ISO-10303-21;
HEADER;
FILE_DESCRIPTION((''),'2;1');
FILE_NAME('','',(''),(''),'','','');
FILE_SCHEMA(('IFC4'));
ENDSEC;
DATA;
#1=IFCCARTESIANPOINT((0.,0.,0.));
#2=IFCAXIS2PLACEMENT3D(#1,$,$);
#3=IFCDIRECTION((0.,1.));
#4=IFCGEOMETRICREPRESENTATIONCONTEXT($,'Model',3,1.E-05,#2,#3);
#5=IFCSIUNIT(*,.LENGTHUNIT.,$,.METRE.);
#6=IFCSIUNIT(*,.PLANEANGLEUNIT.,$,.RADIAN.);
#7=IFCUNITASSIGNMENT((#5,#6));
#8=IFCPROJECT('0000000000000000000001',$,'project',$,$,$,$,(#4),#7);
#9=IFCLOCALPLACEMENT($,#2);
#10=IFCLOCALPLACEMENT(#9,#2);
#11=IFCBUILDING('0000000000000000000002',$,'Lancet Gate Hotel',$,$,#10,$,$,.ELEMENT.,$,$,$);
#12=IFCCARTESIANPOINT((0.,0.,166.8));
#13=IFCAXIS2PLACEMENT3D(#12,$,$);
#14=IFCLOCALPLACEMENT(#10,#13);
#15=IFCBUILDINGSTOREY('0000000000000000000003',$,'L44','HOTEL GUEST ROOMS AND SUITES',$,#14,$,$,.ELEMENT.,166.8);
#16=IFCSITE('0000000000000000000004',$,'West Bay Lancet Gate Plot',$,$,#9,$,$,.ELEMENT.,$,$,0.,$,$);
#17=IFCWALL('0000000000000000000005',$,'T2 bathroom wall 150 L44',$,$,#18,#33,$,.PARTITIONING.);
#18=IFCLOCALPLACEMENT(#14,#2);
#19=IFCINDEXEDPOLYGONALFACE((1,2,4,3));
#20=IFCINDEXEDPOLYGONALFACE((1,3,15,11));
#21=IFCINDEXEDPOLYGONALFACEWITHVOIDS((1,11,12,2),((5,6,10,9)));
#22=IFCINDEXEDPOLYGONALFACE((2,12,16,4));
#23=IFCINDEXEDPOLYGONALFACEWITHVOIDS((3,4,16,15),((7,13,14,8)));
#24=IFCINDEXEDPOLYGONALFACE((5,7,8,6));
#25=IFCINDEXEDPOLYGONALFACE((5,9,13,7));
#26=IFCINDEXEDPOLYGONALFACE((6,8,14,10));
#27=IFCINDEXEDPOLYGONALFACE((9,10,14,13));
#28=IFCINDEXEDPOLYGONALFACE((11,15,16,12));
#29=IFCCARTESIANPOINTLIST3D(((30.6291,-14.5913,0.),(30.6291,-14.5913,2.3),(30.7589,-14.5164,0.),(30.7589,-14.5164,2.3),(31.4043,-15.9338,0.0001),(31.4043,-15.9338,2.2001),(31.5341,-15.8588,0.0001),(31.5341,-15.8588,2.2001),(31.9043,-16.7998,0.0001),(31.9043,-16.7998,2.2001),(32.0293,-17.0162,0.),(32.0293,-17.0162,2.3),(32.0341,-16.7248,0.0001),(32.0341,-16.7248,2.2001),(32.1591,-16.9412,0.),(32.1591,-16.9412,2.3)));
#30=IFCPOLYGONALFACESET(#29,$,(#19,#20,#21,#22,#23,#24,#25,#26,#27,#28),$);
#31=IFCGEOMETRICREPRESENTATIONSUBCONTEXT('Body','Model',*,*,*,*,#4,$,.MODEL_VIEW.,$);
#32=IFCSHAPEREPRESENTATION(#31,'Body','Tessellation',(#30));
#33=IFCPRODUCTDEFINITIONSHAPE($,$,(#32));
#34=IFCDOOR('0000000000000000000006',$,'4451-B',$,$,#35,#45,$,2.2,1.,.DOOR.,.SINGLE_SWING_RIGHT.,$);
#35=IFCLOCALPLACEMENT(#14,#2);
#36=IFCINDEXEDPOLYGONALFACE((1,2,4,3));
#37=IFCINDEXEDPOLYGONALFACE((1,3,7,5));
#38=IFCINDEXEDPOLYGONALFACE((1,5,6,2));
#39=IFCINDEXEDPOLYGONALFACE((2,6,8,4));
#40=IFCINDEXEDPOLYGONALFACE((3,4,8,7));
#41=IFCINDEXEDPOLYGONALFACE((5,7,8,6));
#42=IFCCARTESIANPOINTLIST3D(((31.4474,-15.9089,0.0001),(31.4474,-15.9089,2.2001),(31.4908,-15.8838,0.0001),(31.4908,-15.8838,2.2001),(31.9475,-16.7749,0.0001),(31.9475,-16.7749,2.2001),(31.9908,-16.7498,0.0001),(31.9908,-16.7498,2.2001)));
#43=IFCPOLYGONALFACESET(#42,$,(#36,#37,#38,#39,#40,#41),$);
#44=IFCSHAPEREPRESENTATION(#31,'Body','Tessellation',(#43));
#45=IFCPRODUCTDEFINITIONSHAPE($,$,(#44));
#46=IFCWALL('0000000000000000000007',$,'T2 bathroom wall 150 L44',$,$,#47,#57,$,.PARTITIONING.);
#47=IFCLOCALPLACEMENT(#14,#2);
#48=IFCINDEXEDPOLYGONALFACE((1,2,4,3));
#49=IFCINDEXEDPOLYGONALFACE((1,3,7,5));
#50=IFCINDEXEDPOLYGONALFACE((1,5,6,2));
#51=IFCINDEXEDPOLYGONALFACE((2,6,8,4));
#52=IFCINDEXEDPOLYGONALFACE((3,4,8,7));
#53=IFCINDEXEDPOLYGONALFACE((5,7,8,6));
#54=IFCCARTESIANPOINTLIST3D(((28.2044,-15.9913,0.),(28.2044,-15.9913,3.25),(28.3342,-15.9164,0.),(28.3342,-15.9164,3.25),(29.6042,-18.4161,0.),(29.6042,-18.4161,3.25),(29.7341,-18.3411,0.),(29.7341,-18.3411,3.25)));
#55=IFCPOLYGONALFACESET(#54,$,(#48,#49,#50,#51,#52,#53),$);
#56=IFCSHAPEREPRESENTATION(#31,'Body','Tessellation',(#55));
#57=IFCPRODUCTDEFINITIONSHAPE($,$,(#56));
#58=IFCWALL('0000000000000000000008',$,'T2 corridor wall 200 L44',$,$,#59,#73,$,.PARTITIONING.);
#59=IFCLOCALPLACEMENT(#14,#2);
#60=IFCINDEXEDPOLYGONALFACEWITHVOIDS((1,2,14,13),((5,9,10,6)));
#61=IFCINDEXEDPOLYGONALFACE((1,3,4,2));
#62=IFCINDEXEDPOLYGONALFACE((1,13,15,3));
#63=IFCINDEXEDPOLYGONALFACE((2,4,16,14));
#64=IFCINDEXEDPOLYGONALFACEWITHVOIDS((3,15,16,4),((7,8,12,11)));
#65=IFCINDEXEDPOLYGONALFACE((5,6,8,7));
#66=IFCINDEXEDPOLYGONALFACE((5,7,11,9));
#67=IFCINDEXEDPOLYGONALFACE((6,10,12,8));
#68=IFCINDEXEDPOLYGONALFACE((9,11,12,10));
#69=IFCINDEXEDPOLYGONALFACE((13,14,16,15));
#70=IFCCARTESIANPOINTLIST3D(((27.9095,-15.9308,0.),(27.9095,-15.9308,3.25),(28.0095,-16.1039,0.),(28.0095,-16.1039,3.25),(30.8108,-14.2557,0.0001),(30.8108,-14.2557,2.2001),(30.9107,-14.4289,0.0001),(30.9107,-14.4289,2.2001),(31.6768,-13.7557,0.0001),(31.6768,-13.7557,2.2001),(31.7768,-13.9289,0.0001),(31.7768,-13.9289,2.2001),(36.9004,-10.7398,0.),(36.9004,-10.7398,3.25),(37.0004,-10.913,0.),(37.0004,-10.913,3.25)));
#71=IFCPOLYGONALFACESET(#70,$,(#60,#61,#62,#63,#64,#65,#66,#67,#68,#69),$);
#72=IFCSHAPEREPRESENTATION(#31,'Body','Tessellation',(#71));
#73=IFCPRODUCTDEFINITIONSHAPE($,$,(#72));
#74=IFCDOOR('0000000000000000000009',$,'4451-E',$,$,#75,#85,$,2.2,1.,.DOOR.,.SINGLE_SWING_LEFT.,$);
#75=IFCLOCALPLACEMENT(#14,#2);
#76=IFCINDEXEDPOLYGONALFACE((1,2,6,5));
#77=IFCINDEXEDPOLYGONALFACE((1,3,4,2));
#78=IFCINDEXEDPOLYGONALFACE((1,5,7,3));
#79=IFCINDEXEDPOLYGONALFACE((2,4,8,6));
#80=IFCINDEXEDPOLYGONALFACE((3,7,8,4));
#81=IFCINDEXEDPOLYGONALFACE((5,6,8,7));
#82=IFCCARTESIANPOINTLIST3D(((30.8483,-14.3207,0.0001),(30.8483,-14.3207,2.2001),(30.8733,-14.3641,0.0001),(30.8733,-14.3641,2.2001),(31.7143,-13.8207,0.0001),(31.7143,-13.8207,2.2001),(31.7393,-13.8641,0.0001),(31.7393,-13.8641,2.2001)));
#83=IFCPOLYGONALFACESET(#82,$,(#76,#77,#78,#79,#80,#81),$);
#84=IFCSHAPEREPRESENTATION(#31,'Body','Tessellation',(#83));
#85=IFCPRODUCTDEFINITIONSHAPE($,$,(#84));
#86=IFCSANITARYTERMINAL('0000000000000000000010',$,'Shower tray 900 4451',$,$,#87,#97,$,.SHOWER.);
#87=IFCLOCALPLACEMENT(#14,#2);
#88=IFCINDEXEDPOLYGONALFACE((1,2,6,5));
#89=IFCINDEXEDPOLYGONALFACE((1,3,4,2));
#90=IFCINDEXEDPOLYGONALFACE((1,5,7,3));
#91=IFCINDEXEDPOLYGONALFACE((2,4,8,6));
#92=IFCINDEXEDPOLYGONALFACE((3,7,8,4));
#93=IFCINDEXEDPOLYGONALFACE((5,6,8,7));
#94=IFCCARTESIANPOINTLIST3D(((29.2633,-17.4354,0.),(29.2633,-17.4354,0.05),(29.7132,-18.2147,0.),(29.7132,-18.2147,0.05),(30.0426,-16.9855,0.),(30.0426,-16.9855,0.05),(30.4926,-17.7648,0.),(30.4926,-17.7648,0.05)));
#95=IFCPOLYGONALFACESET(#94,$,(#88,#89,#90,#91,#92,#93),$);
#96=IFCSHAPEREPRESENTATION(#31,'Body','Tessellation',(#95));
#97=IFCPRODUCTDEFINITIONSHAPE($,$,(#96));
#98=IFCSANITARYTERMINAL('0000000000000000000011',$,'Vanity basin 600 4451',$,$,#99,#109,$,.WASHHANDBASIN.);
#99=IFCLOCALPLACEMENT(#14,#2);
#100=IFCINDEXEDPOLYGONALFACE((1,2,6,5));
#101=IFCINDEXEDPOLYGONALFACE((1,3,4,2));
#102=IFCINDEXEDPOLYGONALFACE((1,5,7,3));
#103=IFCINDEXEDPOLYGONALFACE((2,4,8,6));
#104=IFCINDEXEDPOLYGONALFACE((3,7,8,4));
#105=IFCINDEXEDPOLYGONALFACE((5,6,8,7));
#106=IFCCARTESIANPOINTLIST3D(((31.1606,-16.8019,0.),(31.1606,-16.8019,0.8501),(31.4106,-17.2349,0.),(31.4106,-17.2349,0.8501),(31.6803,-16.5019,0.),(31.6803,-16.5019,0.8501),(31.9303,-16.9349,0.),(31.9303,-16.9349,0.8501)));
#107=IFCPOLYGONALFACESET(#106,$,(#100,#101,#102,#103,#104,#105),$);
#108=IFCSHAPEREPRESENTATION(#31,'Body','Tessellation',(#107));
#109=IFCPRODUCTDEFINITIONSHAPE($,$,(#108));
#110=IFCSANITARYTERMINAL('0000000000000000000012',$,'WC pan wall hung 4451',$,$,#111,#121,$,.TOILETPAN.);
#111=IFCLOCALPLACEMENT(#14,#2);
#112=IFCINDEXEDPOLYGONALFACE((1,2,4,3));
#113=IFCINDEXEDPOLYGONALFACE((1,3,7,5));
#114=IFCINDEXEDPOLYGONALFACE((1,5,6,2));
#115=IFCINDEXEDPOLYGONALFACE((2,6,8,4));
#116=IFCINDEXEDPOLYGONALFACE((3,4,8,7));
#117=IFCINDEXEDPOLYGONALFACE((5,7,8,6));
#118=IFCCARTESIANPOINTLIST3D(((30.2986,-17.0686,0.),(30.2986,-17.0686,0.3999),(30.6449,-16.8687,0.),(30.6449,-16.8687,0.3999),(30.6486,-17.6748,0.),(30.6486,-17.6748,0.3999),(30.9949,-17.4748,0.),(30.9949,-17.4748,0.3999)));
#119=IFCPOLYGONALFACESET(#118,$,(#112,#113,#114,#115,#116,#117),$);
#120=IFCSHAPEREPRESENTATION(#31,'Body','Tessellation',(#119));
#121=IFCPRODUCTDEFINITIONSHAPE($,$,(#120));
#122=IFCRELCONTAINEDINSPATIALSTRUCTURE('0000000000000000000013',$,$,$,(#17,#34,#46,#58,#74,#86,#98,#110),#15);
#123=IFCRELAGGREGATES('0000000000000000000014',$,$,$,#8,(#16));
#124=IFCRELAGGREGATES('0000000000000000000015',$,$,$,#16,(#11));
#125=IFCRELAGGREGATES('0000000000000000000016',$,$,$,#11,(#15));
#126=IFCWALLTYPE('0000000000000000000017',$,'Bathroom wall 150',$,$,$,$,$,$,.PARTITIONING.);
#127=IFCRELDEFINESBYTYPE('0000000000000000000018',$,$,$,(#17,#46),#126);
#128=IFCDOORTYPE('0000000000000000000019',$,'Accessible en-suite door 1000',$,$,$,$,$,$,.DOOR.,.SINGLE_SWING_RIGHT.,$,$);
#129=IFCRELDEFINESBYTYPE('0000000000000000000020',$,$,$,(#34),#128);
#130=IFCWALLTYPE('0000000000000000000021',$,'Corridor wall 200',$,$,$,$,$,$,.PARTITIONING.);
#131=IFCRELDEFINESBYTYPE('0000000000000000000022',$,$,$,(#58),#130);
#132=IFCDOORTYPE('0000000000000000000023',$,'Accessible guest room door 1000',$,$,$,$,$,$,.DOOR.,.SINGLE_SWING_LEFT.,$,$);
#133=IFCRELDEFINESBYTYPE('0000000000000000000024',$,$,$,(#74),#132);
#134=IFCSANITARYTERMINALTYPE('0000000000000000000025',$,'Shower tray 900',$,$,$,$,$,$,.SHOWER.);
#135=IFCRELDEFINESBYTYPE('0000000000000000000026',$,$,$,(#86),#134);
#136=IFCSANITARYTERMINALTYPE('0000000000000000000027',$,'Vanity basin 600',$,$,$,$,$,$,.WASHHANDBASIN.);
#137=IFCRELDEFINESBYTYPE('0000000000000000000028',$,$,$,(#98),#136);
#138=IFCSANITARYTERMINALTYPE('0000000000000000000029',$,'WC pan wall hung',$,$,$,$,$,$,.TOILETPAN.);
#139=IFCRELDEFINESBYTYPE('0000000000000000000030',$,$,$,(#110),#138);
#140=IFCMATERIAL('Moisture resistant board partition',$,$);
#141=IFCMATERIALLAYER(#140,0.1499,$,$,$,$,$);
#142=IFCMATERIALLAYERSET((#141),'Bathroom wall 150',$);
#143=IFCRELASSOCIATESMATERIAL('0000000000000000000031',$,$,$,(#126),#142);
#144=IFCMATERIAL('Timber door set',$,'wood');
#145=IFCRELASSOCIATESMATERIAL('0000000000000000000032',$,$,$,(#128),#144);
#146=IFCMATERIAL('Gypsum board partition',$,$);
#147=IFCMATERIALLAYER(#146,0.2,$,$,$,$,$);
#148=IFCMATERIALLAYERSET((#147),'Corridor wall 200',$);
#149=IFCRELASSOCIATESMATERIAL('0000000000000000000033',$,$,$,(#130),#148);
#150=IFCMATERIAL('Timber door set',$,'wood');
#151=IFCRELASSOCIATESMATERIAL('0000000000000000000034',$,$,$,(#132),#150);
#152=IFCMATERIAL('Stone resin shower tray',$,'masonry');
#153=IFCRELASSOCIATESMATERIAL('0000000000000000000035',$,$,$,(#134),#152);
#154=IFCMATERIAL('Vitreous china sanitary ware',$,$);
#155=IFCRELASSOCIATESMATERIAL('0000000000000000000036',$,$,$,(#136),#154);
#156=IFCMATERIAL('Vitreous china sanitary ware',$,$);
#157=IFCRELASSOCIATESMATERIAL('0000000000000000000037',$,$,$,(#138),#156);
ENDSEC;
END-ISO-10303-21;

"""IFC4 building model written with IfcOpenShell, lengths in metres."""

from ifc_helpers import new_model, si_unit, direction, frame, frame_2d, origin, origin_2d, place, context, subcontext, project, spatial, rectangle, extrude, material, layer, layer_set, type_object, element, fill, save


model = new_model("IFC4")

# Units and contexts
model_context = context("Model", 3, precision=1e-05, world=origin(), true_north=direction((0.0, 1.0)))
body_context = subcontext(model_context, "Body", "Model", "MODEL_VIEW")
ifc_project = project(units=[si_unit("LENGTHUNIT", "METRE"), si_unit("PLANEANGLEUNIT", "RADIAN")], contexts=[model_context])

# Site, building, storey
site_placement = place(None, origin())
site = spatial("IfcSite", under=ifc_project, at=site_placement, Name="West Bay Lancet Gate Plot", CompositionType="ELEMENT", RefElevation=0.0)
building_placement = place(site_placement, origin())
building = spatial("IfcBuilding", under=site, at=building_placement, Name="Lancet Gate Hotel", CompositionType="ELEMENT")
storey_placement = place(building_placement, frame((0.0, 0.0, 166.8)))
storey = spatial("IfcBuildingStorey", under=building, at=storey_placement, Name="L44", Description="HOTEL GUEST ROOMS AND SUITES", CompositionType="ELEMENT", Elevation=166.8)

# Shared definitions
ifc_material_1 = material(Name="Moisture resistant board partition")
ifc_layer_1 = layer(ifc_material_1, 0.1499)
ifc_layer_set_1 = layer_set([ifc_layer_1], Name="Bathroom wall 150")
wall_type_1 = type_object("IfcWallType", Name="Bathroom wall 150", PredefinedType="PARTITIONING", material=ifc_layer_set_1)

# Wall, opening, door
wall_1_placement = place(storey_placement, frame((30.6941, -14.554, 0.0), z_axis=(0.0, 0.0, 1.0), x_axis=(0.50005, -0.865997, 0.0)))
wall_1 = element("IfcWall", 1, at=wall_1_placement, inside=storey, type_object=wall_type_1, Name="T2 bathroom wall 150 L44", PredefinedType="PARTITIONING", context=body_context, shape_type="SweptSolid", body=[
    extrude(rectangle(XDim=2.8, YDim=0.1499, at=frame_2d((1.3999, 0.0))), origin(), (0.0, 0.0, 1.0), 2.3),
])
opening_1_placement = place(wall_1_placement, frame((1.55, 0.0, 0.0)))
opening_1 = element("IfcOpeningElement", 2, at=opening_1_placement, cuts=wall_1, PredefinedType="OPENING", context=body_context, shape_type="SweptSolid", body=[
    extrude(rectangle(XDim=1.0, YDim=2.2, at=frame_2d((0.5, 1.1001))), frame((0.0, 0.085, 0.0), z_axis=(0.0, -1.0, 0.0), x_axis=(1.0, 0.0, 0.0)), (0.0, 0.0, 1.0), 0.1699),
])
ifc_material_2 = material(Name="Timber door set", Category="wood")
door_type_1 = type_object("IfcDoorType", Name="Accessible en-suite door 1000", OperationType="SINGLE_SWING_RIGHT", PredefinedType="DOOR", material=ifc_material_2)
door_1_placement = place(opening_1_placement, origin())
door_1 = element("IfcDoor", 3, at=door_1_placement, inside=storey, type_object=door_type_1, Name="4451-B", OperationType="SINGLE_SWING_RIGHT", OverallHeight=2.2, OverallWidth=1.0, PredefinedType="DOOR", context=body_context, shape_type="SweptSolid", body=[
    extrude(rectangle(XDim=1.0, YDim=2.2, at=frame_2d((0.5, 1.1001))), frame((0.0, 0.0249, 0.0), z_axis=(0.0, -1.0, 0.0), x_axis=(1.0, 0.0, 0.0)), (0.0, 0.0, 1.0), 0.05),
])
fill(opening_1, door_1)

# Wall
wall_2_placement = place(storey_placement, frame((28.2693, -15.9539, 0.0), z_axis=(0.0, 0.0, 1.0), x_axis=(0.499984, -0.866035, 0.0)))
element("IfcWall", 4, at=wall_2_placement, inside=storey, type_object=wall_type_1, Name="T2 bathroom wall 150 L44", PredefinedType="PARTITIONING", context=body_context, shape_type="SweptSolid", body=[
    extrude(rectangle(XDim=2.7998, YDim=0.1499, at=frame_2d((1.3999, 0.0))), origin(), (0.0, 0.0, 1.0), 3.25),
])

# Wall, opening, door
ifc_material_3 = material(Name="Gypsum board partition")
ifc_layer_2 = layer(ifc_material_3, 0.2)
ifc_layer_set_2 = layer_set([ifc_layer_2], Name="Corridor wall 200")
wall_type_2 = type_object("IfcWallType", Name="Corridor wall 200", PredefinedType="PARTITIONING", material=ifc_layer_set_2)
wall_3_placement = place(storey_placement, frame((27.9595, -16.0173, 0.0), z_axis=(0.0, 0.0, 1.0), x_axis=(0.866026, 0.499999, 0.0)))
wall_3 = element("IfcWall", 5, at=wall_3_placement, inside=storey, type_object=wall_type_2, Name="T2 corridor wall 200 L44", PredefinedType="PARTITIONING", context=body_context, shape_type="SweptSolid", body=[
    extrude(rectangle(XDim=10.3818, YDim=0.2, at=frame_2d((5.1909, 0.0))), origin(), (0.0, 0.0, 1.0), 3.25),
])
opening_2_placement = place(wall_3_placement, frame((3.3501, 0.0, 0.0)))
opening_2 = element("IfcOpeningElement", 6, at=opening_2_placement, cuts=wall_3, PredefinedType="OPENING", context=body_context, shape_type="SweptSolid", body=[
    extrude(rectangle(XDim=1.0, YDim=2.2, at=frame_2d((0.5, 1.1001))), frame((0.0, 0.1099, 0.0), z_axis=(0.0, -1.0, 0.0), x_axis=(1.0, 0.0, 0.0)), (0.0, 0.0, 1.0), 0.22),
])
ifc_material_4 = material(Name="Timber door set", Category="wood")
door_type_2 = type_object("IfcDoorType", Name="Accessible guest room door 1000", OperationType="SINGLE_SWING_LEFT", PredefinedType="DOOR", material=ifc_material_4)
door_2_placement = place(opening_2_placement, origin())
door_2 = element("IfcDoor", 7, at=door_2_placement, inside=storey, type_object=door_type_2, Name="4451-E", OperationType="SINGLE_SWING_LEFT", OverallHeight=2.2, OverallWidth=1.0, PredefinedType="DOOR", context=body_context, shape_type="SweptSolid", body=[
    extrude(rectangle(XDim=1.0, YDim=2.2, at=frame_2d((0.5, 1.1001))), frame((0.0, 0.0249, 0.0), z_axis=(0.0, -1.0, 0.0), x_axis=(1.0, 0.0, 0.0)), (0.0, 0.0, 1.0), 0.05),
])
fill(opening_2, door_2)

# Sanitary terminals
ifc_material_5 = material(Name="Stone resin shower tray", Category="masonry")
sanitary_terminal_type_1 = type_object("IfcSanitaryTerminalType", Name="Shower tray 900", PredefinedType="SHOWER", material=ifc_material_5)
sanitary_terminal_1_placement = place(storey_placement, frame((29.8779, -17.6001, 0.0), z_axis=(0.0, 0.0, 1.0), x_axis=(-0.866025, -0.5, 0.0)))
element("IfcSanitaryTerminal", 8, at=sanitary_terminal_1_placement, inside=storey, type_object=sanitary_terminal_type_1, Name="Shower tray 900 4451", PredefinedType="SHOWER", context=body_context, shape_type="SweptSolid", body=[
    extrude(rectangle(XDim=0.8999, YDim=0.8999, at=origin_2d()), origin(), (0.0, 0.0, 1.0), 0.05),
])
ifc_material_6 = material(Name="Vitreous china sanitary ware")
sanitary_terminal_type_2 = type_object("IfcSanitaryTerminalType", Name="Vanity basin 600", PredefinedType="WASHHANDBASIN", material=ifc_material_6)
sanitary_terminal_2_placement = place(storey_placement, frame((31.5454, -16.8684, 0.0), z_axis=(0.0, 0.0, 1.0), x_axis=(-0.866025, -0.5, 0.0)))
element("IfcSanitaryTerminal", 9, at=sanitary_terminal_2_placement, inside=storey, type_object=sanitary_terminal_type_2, Name="Vanity basin 600 4451", PredefinedType="WASHHANDBASIN", context=body_context, shape_type="SweptSolid", body=[
    extrude(rectangle(XDim=0.6001, YDim=0.5, at=origin_2d()), origin(), (0.0, 0.0, 1.0), 0.8501),
])
ifc_material_7 = material(Name="Vitreous china sanitary ware")
sanitary_terminal_type_3 = type_object("IfcSanitaryTerminalType", Name="WC pan wall hung", PredefinedType="TOILETPAN", material=ifc_material_7)
sanitary_terminal_3_placement = place(storey_placement, frame((30.6467, -17.2717, 0.0), z_axis=(0.0, 0.0, 1.0), x_axis=(-0.866025, -0.5, 0.0)))
element("IfcSanitaryTerminal", 10, at=sanitary_terminal_3_placement, inside=storey, type_object=sanitary_terminal_type_3, Name="WC pan wall hung 4451", PredefinedType="TOILETPAN", context=body_context, shape_type="SweptSolid", body=[
    extrude(rectangle(XDim=0.3999, YDim=0.7, at=origin_2d()), origin(), (0.0, 0.0, 1.0), 0.3999),
])

save(model, "model.ifc")
